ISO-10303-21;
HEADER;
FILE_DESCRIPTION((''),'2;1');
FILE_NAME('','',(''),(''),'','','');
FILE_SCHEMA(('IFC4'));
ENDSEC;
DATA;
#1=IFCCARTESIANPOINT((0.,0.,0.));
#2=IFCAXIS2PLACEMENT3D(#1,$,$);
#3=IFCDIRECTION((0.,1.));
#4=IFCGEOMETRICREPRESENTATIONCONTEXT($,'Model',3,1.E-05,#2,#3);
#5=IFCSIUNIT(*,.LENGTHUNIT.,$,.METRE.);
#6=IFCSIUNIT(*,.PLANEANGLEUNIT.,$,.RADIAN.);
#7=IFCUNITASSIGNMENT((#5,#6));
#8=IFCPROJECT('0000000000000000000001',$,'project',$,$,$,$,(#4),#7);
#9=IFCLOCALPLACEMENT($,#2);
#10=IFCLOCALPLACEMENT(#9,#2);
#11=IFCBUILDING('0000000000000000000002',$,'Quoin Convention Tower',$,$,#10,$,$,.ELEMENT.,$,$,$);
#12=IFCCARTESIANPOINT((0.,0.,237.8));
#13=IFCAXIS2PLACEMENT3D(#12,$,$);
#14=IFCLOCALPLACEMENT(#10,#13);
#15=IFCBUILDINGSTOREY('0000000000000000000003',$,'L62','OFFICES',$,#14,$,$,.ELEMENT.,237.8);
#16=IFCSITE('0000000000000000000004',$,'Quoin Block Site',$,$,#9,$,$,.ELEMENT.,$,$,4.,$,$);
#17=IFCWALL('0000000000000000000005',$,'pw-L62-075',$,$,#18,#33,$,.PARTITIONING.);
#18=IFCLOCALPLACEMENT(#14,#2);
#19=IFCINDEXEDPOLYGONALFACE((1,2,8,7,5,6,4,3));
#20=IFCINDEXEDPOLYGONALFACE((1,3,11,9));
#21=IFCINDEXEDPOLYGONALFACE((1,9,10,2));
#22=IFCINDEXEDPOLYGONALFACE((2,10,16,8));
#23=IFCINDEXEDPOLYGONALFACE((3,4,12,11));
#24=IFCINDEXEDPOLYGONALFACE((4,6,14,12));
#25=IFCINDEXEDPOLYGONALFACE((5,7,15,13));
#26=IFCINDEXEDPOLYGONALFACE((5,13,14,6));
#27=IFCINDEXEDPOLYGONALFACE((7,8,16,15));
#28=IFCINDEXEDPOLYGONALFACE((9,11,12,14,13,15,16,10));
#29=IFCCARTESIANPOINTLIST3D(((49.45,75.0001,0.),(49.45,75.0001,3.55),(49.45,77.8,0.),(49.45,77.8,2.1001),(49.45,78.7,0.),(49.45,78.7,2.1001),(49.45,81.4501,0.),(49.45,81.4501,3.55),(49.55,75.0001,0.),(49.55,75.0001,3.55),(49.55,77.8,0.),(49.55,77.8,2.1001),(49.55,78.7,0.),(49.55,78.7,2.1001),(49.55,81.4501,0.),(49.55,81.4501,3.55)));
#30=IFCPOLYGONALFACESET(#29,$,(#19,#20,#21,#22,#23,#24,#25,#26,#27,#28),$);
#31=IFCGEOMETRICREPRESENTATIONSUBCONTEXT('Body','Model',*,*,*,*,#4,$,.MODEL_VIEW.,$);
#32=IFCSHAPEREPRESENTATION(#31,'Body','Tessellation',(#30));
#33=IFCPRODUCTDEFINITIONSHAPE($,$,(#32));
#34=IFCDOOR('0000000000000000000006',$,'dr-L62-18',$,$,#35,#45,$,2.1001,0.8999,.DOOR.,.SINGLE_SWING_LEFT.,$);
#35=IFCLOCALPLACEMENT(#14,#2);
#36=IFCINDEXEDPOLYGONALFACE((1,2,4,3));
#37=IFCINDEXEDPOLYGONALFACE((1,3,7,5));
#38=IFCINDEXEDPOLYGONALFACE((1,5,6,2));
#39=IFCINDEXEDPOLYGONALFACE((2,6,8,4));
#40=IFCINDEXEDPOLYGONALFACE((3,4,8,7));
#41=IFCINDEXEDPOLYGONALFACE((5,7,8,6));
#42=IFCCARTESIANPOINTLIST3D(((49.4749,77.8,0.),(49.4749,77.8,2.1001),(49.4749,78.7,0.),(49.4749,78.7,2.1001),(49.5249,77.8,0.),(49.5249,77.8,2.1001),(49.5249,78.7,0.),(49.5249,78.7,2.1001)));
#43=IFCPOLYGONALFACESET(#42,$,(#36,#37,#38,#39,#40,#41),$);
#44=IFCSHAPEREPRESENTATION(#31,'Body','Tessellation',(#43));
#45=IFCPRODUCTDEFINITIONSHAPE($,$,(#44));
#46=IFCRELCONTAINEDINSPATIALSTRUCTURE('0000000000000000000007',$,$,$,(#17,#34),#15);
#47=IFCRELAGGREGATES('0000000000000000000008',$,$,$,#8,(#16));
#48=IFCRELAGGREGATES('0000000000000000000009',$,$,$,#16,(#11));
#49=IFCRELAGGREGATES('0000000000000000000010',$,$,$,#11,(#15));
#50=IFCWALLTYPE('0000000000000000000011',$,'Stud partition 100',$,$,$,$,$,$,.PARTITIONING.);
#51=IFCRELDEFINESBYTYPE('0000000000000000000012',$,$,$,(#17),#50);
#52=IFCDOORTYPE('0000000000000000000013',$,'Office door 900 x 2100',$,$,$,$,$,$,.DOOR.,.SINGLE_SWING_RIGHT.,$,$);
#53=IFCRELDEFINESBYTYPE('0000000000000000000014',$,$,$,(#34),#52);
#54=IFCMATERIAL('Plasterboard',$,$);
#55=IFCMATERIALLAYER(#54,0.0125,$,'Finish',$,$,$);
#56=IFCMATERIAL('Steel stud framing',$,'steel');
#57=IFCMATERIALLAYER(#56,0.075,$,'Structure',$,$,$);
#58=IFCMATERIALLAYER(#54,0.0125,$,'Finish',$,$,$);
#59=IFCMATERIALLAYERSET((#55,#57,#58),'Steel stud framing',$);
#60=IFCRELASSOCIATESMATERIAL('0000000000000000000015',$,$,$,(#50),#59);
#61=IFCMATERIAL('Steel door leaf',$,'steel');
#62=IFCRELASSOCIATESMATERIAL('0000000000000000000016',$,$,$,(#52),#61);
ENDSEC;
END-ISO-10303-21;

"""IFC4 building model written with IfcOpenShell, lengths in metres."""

from ifc_helpers import new_model, si_unit, direction, frame, frame_2d, origin, place, context, subcontext, project, spatial, rectangle, extrude, material, layer, layer_set, type_object, element, fill, save


model = new_model("IFC4")

# Units and contexts
model_context = context("Model", 3, precision=1e-05, world=origin(), true_north=direction((0.0, 1.0)))
body_context = subcontext(model_context, "Body", "Model", "MODEL_VIEW")
ifc_project = project(units=[si_unit("LENGTHUNIT", "METRE"), si_unit("PLANEANGLEUNIT", "RADIAN")], contexts=[model_context])

# Site, building, storey
site_placement = place(None, origin())
site = spatial("IfcSite", under=ifc_project, at=site_placement, Name="Quoin Block Site", CompositionType="ELEMENT", RefElevation=4.0)
building_placement = place(site_placement, origin())
building = spatial("IfcBuilding", under=site, at=building_placement, Name="Quoin Convention Tower", CompositionType="ELEMENT")
storey_placement = place(building_placement, frame((0.0, 0.0, 237.8)))
storey = spatial("IfcBuildingStorey", under=building, at=storey_placement, Name="L62", Description="OFFICES", CompositionType="ELEMENT", Elevation=237.8)

# Shared definitions
ifc_material_1 = material(Name="Plasterboard")
ifc_material_2 = material(Name="Steel stud framing", Category="steel")

# Shared definitions
ifc_material_3 = material(Name="Steel door leaf", Category="steel")

# Shared definitions
ifc_layer_1 = layer(ifc_material_1, 0.0125, Name="Finish")
ifc_layer_2 = layer(ifc_material_2, 0.075, Name="Structure")
ifc_layer_3 = layer(ifc_material_1, 0.0125, Name="Finish")
ifc_layer_set_1 = layer_set([ifc_layer_1, ifc_layer_2, ifc_layer_3], Name="Steel stud framing")
wall_type_1 = type_object("IfcWallType", Name="Stud partition 100", PredefinedType="PARTITIONING", material=ifc_layer_set_1)
door_type_1 = type_object("IfcDoorType", Name="Office door 900 x 2100", OperationType="SINGLE_SWING_RIGHT", PredefinedType="DOOR", material=ifc_material_3)

# Wall, opening, door
wall_1_placement = place(storey_placement, frame((49.5, 75.0, 0.0), z_axis=(0.0, 0.0, 1.0), x_axis=(0.0, 1.0, 0.0)))
wall_1 = element("IfcWall", 1, at=wall_1_placement, inside=storey, type_object=wall_type_1, Name="pw-L62-075", PredefinedType="PARTITIONING", context=body_context, shape_type="SweptSolid", body=[
    extrude(rectangle(XDim=6.45, YDim=0.1001, at=frame_2d((3.2251, 0.0))), origin(), (0.0, 0.0, 1.0), 3.55),
])
opening_1_placement = place(wall_1_placement, frame((2.8, 0.0, 0.0)))
opening_1 = element("IfcOpeningElement", 2, at=opening_1_placement, cuts=wall_1, PredefinedType="OPENING", context=body_context, shape_type="SweptSolid", body=[
    extrude(rectangle(XDim=0.8999, YDim=2.1001, at=frame_2d((0.45, 1.05))), frame((0.0, 0.0601, 0.0), z_axis=(0.0, -1.0, 0.0), x_axis=(1.0, 0.0, 0.0)), (0.0, 0.0, 1.0), 0.1201),
])
door_1_placement = place(opening_1_placement, frame((0.8999, 0.0, 0.0), z_axis=(0.0, 0.0, 1.0), x_axis=(-1.0, 0.0, 0.0)))
door_1 = element("IfcDoor", 3, at=door_1_placement, inside=storey, type_object=door_type_1, Name="dr-L62-18", OperationType="SINGLE_SWING_LEFT", OverallHeight=2.1001, OverallWidth=0.8999, PredefinedType="DOOR", context=body_context, shape_type="SweptSolid", body=[
    extrude(rectangle(XDim=0.8999, YDim=2.1001, at=frame_2d((0.45, 1.05))), frame((0.0, 0.0249, 0.0), z_axis=(0.0, -1.0, 0.0), x_axis=(1.0, 0.0, 0.0)), (0.0, 0.0, 1.0), 0.05),
])
fill(opening_1, door_1)

save(model, "model.ifc")
